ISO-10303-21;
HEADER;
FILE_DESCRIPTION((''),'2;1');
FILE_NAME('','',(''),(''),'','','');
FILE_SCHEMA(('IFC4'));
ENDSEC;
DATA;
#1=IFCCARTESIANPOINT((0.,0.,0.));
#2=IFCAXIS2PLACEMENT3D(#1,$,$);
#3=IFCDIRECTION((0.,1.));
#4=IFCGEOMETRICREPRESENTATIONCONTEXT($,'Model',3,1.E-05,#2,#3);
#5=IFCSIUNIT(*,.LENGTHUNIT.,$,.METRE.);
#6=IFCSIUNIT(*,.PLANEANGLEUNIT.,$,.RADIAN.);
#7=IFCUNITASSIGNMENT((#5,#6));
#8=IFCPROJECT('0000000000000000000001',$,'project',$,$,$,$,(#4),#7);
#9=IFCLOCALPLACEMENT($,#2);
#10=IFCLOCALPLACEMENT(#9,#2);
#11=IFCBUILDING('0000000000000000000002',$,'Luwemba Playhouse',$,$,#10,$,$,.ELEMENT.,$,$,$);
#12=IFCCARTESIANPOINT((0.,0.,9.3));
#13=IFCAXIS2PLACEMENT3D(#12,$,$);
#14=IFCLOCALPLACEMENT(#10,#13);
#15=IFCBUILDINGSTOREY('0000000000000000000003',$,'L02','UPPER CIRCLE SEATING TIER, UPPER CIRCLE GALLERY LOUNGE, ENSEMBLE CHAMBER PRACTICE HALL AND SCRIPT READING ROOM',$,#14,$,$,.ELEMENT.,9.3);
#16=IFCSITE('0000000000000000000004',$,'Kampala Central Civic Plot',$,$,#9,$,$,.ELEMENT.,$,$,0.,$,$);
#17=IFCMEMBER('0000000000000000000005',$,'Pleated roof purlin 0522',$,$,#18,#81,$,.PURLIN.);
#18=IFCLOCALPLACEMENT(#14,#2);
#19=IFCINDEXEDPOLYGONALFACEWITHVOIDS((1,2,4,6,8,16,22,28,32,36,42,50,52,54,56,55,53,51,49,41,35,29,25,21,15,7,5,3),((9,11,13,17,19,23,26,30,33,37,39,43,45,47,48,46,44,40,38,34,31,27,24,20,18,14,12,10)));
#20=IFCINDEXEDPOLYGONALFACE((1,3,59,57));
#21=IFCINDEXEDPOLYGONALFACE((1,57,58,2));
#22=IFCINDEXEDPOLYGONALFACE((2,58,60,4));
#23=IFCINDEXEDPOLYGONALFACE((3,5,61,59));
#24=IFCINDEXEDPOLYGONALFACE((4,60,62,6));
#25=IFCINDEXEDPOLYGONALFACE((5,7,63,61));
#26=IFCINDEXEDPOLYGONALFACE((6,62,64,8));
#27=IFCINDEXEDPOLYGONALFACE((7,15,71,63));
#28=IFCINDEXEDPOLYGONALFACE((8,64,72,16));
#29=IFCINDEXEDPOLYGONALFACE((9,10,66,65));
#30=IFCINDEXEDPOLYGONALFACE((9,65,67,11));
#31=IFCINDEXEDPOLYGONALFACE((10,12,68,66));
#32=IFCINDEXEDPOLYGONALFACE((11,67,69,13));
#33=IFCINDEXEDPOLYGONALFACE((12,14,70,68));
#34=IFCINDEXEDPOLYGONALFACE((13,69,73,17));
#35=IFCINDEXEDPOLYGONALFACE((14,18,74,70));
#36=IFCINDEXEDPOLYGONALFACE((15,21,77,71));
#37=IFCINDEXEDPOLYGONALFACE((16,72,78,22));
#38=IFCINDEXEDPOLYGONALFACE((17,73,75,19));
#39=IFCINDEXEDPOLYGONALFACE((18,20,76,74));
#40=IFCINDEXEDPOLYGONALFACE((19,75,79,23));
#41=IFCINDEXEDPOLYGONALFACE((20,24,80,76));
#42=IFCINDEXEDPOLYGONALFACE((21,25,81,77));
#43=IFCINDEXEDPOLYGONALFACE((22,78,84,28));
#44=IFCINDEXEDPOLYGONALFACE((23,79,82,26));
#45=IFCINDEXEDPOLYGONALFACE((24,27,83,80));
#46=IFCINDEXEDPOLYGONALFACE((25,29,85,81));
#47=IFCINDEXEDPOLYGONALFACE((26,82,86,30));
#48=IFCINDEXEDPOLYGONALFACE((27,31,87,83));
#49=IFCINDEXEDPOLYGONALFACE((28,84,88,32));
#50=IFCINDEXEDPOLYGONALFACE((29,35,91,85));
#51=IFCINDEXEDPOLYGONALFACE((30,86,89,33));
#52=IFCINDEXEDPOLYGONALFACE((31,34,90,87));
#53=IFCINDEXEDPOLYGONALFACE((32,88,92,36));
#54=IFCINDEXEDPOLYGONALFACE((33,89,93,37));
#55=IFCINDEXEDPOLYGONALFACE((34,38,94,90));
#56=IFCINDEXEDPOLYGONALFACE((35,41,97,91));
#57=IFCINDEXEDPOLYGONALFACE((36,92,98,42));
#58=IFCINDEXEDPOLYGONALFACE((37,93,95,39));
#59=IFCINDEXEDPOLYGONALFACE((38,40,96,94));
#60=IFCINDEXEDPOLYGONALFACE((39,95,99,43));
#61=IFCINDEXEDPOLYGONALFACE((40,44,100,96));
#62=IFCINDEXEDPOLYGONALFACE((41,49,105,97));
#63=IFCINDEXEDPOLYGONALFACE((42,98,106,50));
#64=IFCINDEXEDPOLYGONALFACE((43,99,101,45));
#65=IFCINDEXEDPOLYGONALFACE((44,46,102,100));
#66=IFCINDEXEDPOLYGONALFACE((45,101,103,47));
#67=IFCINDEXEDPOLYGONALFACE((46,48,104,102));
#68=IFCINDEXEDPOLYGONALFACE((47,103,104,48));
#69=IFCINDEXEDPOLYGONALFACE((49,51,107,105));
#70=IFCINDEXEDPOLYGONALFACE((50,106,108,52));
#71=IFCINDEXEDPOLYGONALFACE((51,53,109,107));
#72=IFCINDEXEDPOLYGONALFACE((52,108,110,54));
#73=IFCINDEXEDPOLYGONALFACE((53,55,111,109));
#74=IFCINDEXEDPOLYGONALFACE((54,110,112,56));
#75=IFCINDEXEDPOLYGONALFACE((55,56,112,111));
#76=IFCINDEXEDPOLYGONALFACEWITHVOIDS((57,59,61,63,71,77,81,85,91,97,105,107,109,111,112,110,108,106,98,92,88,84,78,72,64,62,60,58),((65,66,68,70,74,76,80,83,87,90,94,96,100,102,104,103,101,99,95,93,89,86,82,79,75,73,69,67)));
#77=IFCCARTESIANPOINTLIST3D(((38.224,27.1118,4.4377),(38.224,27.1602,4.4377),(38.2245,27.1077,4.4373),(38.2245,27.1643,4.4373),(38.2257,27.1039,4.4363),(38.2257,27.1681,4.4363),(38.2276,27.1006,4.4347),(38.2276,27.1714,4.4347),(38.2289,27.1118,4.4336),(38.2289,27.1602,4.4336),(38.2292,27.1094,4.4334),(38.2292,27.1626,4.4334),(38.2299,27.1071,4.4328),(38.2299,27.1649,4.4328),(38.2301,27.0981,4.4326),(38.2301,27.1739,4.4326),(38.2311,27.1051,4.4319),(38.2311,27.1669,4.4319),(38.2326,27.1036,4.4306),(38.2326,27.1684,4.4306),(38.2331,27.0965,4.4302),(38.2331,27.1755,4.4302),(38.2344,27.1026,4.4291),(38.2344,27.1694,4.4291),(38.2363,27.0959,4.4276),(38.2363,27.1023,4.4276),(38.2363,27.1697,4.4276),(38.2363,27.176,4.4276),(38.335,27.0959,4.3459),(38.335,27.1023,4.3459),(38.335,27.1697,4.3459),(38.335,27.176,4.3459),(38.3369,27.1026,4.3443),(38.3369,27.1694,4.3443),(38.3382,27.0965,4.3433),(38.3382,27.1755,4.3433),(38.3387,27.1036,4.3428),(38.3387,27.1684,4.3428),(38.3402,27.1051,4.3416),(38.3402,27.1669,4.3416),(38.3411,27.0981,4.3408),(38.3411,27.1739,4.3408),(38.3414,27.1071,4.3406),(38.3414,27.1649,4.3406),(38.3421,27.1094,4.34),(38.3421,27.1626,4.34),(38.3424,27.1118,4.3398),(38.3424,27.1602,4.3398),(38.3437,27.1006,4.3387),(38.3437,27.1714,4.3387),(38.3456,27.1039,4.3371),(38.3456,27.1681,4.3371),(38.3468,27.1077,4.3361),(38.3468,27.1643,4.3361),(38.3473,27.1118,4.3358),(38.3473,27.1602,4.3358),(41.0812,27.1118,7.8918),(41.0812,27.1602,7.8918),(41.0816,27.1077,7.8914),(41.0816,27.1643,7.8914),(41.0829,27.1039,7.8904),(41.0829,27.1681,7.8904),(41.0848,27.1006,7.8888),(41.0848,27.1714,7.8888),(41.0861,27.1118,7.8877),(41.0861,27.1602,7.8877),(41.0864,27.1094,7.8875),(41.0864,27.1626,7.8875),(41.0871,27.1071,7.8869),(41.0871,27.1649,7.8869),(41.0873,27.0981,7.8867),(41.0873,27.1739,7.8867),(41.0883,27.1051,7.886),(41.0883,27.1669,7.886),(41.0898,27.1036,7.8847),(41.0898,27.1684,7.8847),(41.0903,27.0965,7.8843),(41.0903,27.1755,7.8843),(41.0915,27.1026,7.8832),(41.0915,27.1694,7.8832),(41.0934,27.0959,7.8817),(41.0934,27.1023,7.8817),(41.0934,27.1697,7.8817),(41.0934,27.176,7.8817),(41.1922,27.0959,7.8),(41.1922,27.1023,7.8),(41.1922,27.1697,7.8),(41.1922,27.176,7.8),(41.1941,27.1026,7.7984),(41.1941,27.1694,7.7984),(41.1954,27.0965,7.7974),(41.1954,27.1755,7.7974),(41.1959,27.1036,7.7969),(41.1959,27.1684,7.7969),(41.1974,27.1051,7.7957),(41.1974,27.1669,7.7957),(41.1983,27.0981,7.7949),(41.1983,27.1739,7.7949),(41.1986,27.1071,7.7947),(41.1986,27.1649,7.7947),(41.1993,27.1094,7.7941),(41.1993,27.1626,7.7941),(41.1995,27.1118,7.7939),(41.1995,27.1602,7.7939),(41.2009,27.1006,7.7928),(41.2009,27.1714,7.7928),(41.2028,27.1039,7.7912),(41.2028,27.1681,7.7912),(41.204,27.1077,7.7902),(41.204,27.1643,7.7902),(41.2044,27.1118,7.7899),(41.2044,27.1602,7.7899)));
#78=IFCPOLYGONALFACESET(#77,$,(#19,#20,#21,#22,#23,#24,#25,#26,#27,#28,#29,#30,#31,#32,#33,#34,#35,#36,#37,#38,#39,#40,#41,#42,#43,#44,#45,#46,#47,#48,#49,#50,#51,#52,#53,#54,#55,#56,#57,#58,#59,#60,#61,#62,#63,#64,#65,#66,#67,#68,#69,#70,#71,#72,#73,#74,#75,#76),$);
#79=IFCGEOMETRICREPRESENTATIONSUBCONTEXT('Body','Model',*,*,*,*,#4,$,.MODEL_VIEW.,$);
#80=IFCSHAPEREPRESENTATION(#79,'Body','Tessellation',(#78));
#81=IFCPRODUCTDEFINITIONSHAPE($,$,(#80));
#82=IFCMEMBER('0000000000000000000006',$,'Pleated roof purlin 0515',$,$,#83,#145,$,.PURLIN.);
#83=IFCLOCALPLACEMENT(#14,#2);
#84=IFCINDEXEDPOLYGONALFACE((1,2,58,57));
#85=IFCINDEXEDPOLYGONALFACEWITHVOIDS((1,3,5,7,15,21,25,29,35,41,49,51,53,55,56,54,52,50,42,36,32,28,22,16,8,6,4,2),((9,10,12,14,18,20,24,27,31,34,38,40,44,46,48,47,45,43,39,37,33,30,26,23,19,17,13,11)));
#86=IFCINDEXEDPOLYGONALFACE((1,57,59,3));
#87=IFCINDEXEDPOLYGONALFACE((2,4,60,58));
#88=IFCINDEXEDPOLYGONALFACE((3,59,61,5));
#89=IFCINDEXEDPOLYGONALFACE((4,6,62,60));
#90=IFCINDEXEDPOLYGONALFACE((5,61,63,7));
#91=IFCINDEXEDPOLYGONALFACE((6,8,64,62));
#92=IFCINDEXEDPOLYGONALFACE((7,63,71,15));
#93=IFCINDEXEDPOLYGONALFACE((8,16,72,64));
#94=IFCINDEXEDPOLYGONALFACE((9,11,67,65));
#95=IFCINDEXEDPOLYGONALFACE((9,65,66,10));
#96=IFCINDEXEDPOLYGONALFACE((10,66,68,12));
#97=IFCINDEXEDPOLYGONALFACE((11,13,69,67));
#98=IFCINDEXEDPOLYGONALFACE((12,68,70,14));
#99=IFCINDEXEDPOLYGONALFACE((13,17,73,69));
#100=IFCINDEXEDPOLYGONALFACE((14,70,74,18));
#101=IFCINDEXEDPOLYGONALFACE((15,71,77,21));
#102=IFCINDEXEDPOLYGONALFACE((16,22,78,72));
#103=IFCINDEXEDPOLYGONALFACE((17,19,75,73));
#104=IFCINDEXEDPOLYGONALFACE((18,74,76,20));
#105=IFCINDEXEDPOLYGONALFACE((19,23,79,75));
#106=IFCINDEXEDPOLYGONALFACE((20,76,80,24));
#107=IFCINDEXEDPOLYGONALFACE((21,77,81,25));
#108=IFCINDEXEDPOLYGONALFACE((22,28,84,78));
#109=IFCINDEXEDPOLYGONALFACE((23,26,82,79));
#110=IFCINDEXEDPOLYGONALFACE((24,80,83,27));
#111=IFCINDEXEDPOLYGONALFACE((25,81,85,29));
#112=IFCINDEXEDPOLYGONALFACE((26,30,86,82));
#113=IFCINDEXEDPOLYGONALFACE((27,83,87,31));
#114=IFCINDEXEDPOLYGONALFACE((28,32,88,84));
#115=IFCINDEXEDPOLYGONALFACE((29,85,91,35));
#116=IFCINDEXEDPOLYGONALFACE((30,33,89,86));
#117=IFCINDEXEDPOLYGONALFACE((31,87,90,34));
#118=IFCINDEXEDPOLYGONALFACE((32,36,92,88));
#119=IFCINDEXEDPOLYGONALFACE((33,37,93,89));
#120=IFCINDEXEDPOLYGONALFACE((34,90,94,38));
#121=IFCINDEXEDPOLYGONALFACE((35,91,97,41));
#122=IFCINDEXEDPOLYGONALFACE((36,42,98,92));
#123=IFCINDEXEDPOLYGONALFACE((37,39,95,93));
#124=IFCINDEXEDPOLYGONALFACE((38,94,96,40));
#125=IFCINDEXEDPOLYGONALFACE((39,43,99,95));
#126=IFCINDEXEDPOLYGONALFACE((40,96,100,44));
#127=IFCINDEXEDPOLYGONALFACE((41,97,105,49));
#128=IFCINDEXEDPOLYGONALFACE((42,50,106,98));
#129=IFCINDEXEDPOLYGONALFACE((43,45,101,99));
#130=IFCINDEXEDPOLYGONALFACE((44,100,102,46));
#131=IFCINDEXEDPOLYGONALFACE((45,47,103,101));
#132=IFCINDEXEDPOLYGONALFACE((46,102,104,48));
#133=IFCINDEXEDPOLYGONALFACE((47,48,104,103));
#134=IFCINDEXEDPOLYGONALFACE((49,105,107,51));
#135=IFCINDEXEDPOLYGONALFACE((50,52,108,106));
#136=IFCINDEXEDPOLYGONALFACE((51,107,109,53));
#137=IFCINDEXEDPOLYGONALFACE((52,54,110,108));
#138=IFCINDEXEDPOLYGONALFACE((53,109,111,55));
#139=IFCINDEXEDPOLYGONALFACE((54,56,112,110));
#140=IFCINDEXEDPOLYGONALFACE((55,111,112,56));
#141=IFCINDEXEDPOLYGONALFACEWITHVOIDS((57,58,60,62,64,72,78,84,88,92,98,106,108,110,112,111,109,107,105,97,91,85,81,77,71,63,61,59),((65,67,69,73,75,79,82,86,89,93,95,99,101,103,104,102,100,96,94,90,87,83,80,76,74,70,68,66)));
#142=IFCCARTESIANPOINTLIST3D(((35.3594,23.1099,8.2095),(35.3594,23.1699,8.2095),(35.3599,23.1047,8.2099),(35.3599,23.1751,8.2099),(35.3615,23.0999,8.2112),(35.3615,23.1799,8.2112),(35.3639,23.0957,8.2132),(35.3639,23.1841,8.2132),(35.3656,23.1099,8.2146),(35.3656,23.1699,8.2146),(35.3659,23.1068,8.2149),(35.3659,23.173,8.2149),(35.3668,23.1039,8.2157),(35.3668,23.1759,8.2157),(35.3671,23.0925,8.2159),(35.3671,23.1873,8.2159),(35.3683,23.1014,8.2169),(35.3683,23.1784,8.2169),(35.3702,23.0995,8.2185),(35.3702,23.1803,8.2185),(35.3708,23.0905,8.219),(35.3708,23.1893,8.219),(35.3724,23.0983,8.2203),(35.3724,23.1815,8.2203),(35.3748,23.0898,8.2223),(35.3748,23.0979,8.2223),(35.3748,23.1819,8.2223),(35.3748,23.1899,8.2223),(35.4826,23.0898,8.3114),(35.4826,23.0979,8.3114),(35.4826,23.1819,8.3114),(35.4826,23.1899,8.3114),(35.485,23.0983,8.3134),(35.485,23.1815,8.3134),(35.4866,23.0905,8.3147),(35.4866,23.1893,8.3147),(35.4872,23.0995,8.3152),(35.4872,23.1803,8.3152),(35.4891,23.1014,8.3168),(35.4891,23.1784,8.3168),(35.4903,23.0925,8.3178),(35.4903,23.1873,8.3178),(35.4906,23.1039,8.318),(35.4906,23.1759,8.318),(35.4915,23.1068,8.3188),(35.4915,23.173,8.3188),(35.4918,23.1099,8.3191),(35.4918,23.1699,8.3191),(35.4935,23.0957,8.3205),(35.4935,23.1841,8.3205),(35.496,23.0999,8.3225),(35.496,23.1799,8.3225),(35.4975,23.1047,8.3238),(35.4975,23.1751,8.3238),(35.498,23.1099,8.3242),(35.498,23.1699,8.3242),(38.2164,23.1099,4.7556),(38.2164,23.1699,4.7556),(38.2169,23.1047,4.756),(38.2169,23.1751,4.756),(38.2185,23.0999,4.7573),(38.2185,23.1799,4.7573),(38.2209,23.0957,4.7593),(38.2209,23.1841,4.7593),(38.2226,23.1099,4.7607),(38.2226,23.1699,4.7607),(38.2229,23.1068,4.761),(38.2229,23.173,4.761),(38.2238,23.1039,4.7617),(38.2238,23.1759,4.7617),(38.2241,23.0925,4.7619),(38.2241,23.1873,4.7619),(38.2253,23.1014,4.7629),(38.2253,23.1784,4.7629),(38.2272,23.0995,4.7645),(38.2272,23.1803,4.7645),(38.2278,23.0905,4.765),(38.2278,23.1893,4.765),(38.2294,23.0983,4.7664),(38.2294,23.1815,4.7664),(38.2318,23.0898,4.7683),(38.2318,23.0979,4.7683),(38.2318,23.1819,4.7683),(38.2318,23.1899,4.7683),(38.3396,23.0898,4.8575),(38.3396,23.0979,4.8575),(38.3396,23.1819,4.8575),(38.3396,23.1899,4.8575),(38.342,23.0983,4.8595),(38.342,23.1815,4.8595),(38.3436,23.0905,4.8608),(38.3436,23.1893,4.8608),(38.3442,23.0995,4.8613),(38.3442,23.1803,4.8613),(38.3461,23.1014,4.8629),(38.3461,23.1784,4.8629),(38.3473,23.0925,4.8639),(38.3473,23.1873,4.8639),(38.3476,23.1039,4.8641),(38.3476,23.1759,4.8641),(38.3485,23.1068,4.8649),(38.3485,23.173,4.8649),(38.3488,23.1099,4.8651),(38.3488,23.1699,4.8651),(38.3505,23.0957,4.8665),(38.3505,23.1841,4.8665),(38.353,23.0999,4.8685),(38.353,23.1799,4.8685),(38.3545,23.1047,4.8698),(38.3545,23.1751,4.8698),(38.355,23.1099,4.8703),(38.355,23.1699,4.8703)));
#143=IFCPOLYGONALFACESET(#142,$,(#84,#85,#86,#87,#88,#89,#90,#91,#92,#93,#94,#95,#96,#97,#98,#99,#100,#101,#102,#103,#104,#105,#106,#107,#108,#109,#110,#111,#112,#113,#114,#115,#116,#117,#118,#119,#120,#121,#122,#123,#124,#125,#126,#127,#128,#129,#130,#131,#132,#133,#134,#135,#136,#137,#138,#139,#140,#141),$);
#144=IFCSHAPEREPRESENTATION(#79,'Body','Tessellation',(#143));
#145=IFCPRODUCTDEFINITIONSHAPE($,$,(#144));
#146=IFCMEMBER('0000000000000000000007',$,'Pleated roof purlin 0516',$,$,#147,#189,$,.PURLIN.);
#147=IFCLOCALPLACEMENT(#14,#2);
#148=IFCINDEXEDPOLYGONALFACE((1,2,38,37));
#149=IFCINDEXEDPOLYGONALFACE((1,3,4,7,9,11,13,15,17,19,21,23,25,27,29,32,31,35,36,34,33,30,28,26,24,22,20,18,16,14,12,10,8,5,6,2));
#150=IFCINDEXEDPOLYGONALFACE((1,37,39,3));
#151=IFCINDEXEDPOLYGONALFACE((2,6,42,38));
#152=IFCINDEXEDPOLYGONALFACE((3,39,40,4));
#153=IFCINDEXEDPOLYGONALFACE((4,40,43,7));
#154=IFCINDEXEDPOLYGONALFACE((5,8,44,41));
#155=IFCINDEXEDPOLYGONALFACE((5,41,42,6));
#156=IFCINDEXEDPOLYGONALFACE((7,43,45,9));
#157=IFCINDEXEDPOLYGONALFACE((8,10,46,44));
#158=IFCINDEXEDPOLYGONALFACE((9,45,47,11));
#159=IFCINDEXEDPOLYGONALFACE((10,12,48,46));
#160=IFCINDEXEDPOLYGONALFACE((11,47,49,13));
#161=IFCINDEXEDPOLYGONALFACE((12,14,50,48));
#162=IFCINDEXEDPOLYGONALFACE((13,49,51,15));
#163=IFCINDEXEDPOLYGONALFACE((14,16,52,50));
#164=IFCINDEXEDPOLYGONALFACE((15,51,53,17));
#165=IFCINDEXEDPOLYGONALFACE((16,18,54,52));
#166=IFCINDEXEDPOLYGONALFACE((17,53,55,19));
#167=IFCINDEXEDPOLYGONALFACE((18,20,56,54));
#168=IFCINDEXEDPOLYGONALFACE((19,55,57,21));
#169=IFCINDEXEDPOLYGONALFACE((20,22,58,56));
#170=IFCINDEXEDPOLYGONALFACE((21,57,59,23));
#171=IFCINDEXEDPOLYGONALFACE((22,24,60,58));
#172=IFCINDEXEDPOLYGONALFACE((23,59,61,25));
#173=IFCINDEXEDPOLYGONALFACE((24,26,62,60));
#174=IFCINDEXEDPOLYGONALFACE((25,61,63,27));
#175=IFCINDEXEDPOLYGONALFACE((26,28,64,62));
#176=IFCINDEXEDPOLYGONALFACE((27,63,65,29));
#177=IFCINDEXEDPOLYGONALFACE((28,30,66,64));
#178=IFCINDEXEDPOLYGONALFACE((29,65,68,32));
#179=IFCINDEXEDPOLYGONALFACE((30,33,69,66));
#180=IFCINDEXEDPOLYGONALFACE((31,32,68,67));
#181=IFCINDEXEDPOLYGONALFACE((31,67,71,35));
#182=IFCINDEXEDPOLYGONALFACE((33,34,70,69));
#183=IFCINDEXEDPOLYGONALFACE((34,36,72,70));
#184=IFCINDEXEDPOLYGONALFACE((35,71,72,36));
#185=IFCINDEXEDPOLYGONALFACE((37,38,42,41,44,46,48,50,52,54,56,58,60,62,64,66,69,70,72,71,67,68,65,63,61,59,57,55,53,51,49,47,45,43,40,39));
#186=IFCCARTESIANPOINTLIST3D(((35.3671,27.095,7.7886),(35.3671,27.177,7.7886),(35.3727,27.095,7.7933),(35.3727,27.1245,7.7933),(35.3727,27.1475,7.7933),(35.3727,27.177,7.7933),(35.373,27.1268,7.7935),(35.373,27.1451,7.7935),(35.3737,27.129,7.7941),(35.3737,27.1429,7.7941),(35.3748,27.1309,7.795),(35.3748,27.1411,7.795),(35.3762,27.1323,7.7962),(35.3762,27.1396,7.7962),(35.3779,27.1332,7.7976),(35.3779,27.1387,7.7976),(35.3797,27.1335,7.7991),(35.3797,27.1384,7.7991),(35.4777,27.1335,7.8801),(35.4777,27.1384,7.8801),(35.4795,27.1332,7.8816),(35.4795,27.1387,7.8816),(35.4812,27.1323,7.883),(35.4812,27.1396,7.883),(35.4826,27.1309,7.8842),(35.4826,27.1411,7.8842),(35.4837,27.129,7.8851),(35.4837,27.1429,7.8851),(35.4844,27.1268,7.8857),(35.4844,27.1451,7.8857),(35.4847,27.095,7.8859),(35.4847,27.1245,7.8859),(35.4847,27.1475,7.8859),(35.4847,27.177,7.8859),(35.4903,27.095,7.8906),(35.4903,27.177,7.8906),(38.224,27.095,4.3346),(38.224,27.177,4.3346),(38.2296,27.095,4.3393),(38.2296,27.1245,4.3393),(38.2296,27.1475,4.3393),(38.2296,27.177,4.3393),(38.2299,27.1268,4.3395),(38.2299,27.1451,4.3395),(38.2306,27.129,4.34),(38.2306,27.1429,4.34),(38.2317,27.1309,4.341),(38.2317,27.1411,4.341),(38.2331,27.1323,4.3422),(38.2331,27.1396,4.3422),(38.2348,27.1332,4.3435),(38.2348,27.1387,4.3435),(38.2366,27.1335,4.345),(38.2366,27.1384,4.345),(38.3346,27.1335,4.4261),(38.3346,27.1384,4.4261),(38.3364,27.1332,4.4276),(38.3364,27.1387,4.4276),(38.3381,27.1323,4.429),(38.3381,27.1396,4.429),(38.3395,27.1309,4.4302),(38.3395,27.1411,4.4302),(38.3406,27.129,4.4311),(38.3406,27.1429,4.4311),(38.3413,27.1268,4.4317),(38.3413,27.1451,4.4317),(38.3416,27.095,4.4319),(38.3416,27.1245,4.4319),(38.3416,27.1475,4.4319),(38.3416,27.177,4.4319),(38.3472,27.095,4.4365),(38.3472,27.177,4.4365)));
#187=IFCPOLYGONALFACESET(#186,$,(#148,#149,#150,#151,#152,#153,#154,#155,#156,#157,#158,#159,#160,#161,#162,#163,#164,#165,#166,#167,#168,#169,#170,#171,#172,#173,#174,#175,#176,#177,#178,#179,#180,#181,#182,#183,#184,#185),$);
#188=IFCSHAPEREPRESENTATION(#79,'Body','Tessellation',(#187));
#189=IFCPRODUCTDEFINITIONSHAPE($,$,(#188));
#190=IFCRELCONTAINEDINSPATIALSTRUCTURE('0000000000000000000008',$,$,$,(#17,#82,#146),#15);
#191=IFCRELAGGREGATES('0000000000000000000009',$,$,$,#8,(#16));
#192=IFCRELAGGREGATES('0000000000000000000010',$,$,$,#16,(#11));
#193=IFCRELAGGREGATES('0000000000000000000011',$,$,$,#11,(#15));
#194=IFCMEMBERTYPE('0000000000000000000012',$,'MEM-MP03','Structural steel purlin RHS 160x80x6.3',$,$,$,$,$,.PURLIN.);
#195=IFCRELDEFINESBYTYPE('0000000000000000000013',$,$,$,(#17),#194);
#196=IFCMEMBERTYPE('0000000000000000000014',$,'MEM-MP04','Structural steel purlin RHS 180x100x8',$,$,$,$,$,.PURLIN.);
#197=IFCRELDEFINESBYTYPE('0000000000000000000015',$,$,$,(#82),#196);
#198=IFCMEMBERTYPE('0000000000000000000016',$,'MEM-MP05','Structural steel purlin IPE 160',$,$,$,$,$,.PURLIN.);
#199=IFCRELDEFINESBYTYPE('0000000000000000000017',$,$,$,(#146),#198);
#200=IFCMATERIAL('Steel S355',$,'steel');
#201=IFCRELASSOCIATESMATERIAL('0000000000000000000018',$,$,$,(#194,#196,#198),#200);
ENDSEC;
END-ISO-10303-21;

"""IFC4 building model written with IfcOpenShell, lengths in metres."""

from ifc_helpers import new_model, si_unit, direction, frame, origin, origin_2d, place, context, subcontext, project, spatial, hollow_rectangle, i_section, extrude, material, material_profile, profile_set, type_object, element, save


model = new_model("IFC4")

# Units and contexts
model_context = context("Model", 3, precision=1e-05, world=origin(), true_north=direction((0.0, 1.0)))
body_context = subcontext(model_context, "Body", "Model", "MODEL_VIEW")
ifc_project = project(units=[si_unit("LENGTHUNIT", "METRE"), si_unit("PLANEANGLEUNIT", "RADIAN")], contexts=[model_context])

# Site, building, storey
site_placement = place(None, origin())
site = spatial("IfcSite", under=ifc_project, at=site_placement, Name="Kampala Central Civic Plot", CompositionType="ELEMENT", RefElevation=0.0)
building_placement = place(site_placement, origin())
building = spatial("IfcBuilding", under=site, at=building_placement, Name="Luwemba Playhouse", CompositionType="ELEMENT")
storey_placement = place(building_placement, frame((0.0, 0.0, 9.3)))
storey = spatial("IfcBuildingStorey", under=building, at=storey_placement, Name="L02", Description="UPPER CIRCLE SEATING TIER, UPPER CIRCLE GALLERY LOUNGE, ENSEMBLE CHAMBER PRACTICE HALL AND SCRIPT READING ROOM", CompositionType="ELEMENT", Elevation=9.3)

# Shared definitions
ifc_material_1 = material(Name="Steel S355", Category="steel")

# Members
ifc_material_profile_1 = material_profile(ifc_material_1, hollow_rectangle(XDim=0.0801, YDim=0.1599, WallThickness=0.0063, InnerFilletRadius=0.0095, OuterFilletRadius=0.0159, at=origin_2d()))
ifc_profile_set_1 = profile_set([ifc_material_profile_1], Name="Steel S355")
member_type_1 = type_object("IfcMemberType", Name="MEM-MP03", Description="Structural steel purlin RHS 160x80x6.3", PredefinedType="PURLIN", material=ifc_profile_set_1)
member_1_placement = place(storey_placement, frame((38.2856, 27.136, 4.3867), z_axis=(0.637384, 0.0, 0.770547), x_axis=(0.0, 1.0, 0.0)))
element("IfcMember", 1, at=member_1_placement, inside=storey, type_object=member_type_1, Name="Pleated roof purlin 0522", PredefinedType="PURLIN", context=body_context, shape_type="SweptSolid", body=[
    extrude(hollow_rectangle(XDim=0.0801, YDim=0.1599, WallThickness=0.0063, InnerFilletRadius=0.0095, OuterFilletRadius=0.0159, at=origin_2d()), origin(), (0.0, 0.0, 1.0), 4.4827),
])
ifc_material_profile_2 = material_profile(ifc_material_1, hollow_rectangle(XDim=0.1001, YDim=0.1799, WallThickness=0.0081, InnerFilletRadius=0.012, OuterFilletRadius=0.02, at=origin_2d()))
ifc_profile_set_2 = profile_set([ifc_material_profile_2], Name="Steel S355")
member_type_2 = type_object("IfcMemberType", Name="MEM-MP04", Description="Structural steel purlin RHS 180x100x8", PredefinedType="PURLIN", material=ifc_profile_set_2)
member_2_placement = place(storey_placement, frame((35.4287, 23.1399, 8.2668), z_axis=(0.637378, 0.0, -0.770551), x_axis=(0.0, 1.0, 0.0)))
element("IfcMember", 2, at=member_2_placement, inside=storey, type_object=member_type_2, Name="Pleated roof purlin 0515", PredefinedType="PURLIN", context=body_context, shape_type="SweptSolid", body=[
    extrude(hollow_rectangle(XDim=0.1001, YDim=0.1799, WallThickness=0.0081, InnerFilletRadius=0.012, OuterFilletRadius=0.02, at=origin_2d()), origin(), (0.0, 0.0, 1.0), 4.4824),
])
ifc_material_profile_3 = material_profile(ifc_material_1, i_section(OverallWidth=0.082, OverallDepth=0.1599, WebThickness=0.0049, FlangeThickness=0.0073, FilletRadius=0.009, at=origin_2d()))
ifc_profile_set_3 = profile_set([ifc_material_profile_3], Name="Steel S355")
member_type_3 = type_object("IfcMemberType", Name="MEM-MP05", Description="Structural steel purlin IPE 160", PredefinedType="PURLIN", material=ifc_profile_set_3)
member_3_placement = place(storey_placement, frame((35.4287, 27.136, 7.8396), z_axis=(0.637351, 0.0, -0.770573), x_axis=(0.0, 1.0, 0.0)))
element("IfcMember", 3, at=member_3_placement, inside=storey, type_object=member_type_3, Name="Pleated roof purlin 0516", PredefinedType="PURLIN", context=body_context, shape_type="SweptSolid", body=[
    extrude(i_section(OverallWidth=0.082, OverallDepth=0.1599, WebThickness=0.0049, FlangeThickness=0.0073, FilletRadius=0.009, at=origin_2d()), origin(), (0.0, 0.0, 1.0), 4.4824),
])

save(model, "model.ifc")
